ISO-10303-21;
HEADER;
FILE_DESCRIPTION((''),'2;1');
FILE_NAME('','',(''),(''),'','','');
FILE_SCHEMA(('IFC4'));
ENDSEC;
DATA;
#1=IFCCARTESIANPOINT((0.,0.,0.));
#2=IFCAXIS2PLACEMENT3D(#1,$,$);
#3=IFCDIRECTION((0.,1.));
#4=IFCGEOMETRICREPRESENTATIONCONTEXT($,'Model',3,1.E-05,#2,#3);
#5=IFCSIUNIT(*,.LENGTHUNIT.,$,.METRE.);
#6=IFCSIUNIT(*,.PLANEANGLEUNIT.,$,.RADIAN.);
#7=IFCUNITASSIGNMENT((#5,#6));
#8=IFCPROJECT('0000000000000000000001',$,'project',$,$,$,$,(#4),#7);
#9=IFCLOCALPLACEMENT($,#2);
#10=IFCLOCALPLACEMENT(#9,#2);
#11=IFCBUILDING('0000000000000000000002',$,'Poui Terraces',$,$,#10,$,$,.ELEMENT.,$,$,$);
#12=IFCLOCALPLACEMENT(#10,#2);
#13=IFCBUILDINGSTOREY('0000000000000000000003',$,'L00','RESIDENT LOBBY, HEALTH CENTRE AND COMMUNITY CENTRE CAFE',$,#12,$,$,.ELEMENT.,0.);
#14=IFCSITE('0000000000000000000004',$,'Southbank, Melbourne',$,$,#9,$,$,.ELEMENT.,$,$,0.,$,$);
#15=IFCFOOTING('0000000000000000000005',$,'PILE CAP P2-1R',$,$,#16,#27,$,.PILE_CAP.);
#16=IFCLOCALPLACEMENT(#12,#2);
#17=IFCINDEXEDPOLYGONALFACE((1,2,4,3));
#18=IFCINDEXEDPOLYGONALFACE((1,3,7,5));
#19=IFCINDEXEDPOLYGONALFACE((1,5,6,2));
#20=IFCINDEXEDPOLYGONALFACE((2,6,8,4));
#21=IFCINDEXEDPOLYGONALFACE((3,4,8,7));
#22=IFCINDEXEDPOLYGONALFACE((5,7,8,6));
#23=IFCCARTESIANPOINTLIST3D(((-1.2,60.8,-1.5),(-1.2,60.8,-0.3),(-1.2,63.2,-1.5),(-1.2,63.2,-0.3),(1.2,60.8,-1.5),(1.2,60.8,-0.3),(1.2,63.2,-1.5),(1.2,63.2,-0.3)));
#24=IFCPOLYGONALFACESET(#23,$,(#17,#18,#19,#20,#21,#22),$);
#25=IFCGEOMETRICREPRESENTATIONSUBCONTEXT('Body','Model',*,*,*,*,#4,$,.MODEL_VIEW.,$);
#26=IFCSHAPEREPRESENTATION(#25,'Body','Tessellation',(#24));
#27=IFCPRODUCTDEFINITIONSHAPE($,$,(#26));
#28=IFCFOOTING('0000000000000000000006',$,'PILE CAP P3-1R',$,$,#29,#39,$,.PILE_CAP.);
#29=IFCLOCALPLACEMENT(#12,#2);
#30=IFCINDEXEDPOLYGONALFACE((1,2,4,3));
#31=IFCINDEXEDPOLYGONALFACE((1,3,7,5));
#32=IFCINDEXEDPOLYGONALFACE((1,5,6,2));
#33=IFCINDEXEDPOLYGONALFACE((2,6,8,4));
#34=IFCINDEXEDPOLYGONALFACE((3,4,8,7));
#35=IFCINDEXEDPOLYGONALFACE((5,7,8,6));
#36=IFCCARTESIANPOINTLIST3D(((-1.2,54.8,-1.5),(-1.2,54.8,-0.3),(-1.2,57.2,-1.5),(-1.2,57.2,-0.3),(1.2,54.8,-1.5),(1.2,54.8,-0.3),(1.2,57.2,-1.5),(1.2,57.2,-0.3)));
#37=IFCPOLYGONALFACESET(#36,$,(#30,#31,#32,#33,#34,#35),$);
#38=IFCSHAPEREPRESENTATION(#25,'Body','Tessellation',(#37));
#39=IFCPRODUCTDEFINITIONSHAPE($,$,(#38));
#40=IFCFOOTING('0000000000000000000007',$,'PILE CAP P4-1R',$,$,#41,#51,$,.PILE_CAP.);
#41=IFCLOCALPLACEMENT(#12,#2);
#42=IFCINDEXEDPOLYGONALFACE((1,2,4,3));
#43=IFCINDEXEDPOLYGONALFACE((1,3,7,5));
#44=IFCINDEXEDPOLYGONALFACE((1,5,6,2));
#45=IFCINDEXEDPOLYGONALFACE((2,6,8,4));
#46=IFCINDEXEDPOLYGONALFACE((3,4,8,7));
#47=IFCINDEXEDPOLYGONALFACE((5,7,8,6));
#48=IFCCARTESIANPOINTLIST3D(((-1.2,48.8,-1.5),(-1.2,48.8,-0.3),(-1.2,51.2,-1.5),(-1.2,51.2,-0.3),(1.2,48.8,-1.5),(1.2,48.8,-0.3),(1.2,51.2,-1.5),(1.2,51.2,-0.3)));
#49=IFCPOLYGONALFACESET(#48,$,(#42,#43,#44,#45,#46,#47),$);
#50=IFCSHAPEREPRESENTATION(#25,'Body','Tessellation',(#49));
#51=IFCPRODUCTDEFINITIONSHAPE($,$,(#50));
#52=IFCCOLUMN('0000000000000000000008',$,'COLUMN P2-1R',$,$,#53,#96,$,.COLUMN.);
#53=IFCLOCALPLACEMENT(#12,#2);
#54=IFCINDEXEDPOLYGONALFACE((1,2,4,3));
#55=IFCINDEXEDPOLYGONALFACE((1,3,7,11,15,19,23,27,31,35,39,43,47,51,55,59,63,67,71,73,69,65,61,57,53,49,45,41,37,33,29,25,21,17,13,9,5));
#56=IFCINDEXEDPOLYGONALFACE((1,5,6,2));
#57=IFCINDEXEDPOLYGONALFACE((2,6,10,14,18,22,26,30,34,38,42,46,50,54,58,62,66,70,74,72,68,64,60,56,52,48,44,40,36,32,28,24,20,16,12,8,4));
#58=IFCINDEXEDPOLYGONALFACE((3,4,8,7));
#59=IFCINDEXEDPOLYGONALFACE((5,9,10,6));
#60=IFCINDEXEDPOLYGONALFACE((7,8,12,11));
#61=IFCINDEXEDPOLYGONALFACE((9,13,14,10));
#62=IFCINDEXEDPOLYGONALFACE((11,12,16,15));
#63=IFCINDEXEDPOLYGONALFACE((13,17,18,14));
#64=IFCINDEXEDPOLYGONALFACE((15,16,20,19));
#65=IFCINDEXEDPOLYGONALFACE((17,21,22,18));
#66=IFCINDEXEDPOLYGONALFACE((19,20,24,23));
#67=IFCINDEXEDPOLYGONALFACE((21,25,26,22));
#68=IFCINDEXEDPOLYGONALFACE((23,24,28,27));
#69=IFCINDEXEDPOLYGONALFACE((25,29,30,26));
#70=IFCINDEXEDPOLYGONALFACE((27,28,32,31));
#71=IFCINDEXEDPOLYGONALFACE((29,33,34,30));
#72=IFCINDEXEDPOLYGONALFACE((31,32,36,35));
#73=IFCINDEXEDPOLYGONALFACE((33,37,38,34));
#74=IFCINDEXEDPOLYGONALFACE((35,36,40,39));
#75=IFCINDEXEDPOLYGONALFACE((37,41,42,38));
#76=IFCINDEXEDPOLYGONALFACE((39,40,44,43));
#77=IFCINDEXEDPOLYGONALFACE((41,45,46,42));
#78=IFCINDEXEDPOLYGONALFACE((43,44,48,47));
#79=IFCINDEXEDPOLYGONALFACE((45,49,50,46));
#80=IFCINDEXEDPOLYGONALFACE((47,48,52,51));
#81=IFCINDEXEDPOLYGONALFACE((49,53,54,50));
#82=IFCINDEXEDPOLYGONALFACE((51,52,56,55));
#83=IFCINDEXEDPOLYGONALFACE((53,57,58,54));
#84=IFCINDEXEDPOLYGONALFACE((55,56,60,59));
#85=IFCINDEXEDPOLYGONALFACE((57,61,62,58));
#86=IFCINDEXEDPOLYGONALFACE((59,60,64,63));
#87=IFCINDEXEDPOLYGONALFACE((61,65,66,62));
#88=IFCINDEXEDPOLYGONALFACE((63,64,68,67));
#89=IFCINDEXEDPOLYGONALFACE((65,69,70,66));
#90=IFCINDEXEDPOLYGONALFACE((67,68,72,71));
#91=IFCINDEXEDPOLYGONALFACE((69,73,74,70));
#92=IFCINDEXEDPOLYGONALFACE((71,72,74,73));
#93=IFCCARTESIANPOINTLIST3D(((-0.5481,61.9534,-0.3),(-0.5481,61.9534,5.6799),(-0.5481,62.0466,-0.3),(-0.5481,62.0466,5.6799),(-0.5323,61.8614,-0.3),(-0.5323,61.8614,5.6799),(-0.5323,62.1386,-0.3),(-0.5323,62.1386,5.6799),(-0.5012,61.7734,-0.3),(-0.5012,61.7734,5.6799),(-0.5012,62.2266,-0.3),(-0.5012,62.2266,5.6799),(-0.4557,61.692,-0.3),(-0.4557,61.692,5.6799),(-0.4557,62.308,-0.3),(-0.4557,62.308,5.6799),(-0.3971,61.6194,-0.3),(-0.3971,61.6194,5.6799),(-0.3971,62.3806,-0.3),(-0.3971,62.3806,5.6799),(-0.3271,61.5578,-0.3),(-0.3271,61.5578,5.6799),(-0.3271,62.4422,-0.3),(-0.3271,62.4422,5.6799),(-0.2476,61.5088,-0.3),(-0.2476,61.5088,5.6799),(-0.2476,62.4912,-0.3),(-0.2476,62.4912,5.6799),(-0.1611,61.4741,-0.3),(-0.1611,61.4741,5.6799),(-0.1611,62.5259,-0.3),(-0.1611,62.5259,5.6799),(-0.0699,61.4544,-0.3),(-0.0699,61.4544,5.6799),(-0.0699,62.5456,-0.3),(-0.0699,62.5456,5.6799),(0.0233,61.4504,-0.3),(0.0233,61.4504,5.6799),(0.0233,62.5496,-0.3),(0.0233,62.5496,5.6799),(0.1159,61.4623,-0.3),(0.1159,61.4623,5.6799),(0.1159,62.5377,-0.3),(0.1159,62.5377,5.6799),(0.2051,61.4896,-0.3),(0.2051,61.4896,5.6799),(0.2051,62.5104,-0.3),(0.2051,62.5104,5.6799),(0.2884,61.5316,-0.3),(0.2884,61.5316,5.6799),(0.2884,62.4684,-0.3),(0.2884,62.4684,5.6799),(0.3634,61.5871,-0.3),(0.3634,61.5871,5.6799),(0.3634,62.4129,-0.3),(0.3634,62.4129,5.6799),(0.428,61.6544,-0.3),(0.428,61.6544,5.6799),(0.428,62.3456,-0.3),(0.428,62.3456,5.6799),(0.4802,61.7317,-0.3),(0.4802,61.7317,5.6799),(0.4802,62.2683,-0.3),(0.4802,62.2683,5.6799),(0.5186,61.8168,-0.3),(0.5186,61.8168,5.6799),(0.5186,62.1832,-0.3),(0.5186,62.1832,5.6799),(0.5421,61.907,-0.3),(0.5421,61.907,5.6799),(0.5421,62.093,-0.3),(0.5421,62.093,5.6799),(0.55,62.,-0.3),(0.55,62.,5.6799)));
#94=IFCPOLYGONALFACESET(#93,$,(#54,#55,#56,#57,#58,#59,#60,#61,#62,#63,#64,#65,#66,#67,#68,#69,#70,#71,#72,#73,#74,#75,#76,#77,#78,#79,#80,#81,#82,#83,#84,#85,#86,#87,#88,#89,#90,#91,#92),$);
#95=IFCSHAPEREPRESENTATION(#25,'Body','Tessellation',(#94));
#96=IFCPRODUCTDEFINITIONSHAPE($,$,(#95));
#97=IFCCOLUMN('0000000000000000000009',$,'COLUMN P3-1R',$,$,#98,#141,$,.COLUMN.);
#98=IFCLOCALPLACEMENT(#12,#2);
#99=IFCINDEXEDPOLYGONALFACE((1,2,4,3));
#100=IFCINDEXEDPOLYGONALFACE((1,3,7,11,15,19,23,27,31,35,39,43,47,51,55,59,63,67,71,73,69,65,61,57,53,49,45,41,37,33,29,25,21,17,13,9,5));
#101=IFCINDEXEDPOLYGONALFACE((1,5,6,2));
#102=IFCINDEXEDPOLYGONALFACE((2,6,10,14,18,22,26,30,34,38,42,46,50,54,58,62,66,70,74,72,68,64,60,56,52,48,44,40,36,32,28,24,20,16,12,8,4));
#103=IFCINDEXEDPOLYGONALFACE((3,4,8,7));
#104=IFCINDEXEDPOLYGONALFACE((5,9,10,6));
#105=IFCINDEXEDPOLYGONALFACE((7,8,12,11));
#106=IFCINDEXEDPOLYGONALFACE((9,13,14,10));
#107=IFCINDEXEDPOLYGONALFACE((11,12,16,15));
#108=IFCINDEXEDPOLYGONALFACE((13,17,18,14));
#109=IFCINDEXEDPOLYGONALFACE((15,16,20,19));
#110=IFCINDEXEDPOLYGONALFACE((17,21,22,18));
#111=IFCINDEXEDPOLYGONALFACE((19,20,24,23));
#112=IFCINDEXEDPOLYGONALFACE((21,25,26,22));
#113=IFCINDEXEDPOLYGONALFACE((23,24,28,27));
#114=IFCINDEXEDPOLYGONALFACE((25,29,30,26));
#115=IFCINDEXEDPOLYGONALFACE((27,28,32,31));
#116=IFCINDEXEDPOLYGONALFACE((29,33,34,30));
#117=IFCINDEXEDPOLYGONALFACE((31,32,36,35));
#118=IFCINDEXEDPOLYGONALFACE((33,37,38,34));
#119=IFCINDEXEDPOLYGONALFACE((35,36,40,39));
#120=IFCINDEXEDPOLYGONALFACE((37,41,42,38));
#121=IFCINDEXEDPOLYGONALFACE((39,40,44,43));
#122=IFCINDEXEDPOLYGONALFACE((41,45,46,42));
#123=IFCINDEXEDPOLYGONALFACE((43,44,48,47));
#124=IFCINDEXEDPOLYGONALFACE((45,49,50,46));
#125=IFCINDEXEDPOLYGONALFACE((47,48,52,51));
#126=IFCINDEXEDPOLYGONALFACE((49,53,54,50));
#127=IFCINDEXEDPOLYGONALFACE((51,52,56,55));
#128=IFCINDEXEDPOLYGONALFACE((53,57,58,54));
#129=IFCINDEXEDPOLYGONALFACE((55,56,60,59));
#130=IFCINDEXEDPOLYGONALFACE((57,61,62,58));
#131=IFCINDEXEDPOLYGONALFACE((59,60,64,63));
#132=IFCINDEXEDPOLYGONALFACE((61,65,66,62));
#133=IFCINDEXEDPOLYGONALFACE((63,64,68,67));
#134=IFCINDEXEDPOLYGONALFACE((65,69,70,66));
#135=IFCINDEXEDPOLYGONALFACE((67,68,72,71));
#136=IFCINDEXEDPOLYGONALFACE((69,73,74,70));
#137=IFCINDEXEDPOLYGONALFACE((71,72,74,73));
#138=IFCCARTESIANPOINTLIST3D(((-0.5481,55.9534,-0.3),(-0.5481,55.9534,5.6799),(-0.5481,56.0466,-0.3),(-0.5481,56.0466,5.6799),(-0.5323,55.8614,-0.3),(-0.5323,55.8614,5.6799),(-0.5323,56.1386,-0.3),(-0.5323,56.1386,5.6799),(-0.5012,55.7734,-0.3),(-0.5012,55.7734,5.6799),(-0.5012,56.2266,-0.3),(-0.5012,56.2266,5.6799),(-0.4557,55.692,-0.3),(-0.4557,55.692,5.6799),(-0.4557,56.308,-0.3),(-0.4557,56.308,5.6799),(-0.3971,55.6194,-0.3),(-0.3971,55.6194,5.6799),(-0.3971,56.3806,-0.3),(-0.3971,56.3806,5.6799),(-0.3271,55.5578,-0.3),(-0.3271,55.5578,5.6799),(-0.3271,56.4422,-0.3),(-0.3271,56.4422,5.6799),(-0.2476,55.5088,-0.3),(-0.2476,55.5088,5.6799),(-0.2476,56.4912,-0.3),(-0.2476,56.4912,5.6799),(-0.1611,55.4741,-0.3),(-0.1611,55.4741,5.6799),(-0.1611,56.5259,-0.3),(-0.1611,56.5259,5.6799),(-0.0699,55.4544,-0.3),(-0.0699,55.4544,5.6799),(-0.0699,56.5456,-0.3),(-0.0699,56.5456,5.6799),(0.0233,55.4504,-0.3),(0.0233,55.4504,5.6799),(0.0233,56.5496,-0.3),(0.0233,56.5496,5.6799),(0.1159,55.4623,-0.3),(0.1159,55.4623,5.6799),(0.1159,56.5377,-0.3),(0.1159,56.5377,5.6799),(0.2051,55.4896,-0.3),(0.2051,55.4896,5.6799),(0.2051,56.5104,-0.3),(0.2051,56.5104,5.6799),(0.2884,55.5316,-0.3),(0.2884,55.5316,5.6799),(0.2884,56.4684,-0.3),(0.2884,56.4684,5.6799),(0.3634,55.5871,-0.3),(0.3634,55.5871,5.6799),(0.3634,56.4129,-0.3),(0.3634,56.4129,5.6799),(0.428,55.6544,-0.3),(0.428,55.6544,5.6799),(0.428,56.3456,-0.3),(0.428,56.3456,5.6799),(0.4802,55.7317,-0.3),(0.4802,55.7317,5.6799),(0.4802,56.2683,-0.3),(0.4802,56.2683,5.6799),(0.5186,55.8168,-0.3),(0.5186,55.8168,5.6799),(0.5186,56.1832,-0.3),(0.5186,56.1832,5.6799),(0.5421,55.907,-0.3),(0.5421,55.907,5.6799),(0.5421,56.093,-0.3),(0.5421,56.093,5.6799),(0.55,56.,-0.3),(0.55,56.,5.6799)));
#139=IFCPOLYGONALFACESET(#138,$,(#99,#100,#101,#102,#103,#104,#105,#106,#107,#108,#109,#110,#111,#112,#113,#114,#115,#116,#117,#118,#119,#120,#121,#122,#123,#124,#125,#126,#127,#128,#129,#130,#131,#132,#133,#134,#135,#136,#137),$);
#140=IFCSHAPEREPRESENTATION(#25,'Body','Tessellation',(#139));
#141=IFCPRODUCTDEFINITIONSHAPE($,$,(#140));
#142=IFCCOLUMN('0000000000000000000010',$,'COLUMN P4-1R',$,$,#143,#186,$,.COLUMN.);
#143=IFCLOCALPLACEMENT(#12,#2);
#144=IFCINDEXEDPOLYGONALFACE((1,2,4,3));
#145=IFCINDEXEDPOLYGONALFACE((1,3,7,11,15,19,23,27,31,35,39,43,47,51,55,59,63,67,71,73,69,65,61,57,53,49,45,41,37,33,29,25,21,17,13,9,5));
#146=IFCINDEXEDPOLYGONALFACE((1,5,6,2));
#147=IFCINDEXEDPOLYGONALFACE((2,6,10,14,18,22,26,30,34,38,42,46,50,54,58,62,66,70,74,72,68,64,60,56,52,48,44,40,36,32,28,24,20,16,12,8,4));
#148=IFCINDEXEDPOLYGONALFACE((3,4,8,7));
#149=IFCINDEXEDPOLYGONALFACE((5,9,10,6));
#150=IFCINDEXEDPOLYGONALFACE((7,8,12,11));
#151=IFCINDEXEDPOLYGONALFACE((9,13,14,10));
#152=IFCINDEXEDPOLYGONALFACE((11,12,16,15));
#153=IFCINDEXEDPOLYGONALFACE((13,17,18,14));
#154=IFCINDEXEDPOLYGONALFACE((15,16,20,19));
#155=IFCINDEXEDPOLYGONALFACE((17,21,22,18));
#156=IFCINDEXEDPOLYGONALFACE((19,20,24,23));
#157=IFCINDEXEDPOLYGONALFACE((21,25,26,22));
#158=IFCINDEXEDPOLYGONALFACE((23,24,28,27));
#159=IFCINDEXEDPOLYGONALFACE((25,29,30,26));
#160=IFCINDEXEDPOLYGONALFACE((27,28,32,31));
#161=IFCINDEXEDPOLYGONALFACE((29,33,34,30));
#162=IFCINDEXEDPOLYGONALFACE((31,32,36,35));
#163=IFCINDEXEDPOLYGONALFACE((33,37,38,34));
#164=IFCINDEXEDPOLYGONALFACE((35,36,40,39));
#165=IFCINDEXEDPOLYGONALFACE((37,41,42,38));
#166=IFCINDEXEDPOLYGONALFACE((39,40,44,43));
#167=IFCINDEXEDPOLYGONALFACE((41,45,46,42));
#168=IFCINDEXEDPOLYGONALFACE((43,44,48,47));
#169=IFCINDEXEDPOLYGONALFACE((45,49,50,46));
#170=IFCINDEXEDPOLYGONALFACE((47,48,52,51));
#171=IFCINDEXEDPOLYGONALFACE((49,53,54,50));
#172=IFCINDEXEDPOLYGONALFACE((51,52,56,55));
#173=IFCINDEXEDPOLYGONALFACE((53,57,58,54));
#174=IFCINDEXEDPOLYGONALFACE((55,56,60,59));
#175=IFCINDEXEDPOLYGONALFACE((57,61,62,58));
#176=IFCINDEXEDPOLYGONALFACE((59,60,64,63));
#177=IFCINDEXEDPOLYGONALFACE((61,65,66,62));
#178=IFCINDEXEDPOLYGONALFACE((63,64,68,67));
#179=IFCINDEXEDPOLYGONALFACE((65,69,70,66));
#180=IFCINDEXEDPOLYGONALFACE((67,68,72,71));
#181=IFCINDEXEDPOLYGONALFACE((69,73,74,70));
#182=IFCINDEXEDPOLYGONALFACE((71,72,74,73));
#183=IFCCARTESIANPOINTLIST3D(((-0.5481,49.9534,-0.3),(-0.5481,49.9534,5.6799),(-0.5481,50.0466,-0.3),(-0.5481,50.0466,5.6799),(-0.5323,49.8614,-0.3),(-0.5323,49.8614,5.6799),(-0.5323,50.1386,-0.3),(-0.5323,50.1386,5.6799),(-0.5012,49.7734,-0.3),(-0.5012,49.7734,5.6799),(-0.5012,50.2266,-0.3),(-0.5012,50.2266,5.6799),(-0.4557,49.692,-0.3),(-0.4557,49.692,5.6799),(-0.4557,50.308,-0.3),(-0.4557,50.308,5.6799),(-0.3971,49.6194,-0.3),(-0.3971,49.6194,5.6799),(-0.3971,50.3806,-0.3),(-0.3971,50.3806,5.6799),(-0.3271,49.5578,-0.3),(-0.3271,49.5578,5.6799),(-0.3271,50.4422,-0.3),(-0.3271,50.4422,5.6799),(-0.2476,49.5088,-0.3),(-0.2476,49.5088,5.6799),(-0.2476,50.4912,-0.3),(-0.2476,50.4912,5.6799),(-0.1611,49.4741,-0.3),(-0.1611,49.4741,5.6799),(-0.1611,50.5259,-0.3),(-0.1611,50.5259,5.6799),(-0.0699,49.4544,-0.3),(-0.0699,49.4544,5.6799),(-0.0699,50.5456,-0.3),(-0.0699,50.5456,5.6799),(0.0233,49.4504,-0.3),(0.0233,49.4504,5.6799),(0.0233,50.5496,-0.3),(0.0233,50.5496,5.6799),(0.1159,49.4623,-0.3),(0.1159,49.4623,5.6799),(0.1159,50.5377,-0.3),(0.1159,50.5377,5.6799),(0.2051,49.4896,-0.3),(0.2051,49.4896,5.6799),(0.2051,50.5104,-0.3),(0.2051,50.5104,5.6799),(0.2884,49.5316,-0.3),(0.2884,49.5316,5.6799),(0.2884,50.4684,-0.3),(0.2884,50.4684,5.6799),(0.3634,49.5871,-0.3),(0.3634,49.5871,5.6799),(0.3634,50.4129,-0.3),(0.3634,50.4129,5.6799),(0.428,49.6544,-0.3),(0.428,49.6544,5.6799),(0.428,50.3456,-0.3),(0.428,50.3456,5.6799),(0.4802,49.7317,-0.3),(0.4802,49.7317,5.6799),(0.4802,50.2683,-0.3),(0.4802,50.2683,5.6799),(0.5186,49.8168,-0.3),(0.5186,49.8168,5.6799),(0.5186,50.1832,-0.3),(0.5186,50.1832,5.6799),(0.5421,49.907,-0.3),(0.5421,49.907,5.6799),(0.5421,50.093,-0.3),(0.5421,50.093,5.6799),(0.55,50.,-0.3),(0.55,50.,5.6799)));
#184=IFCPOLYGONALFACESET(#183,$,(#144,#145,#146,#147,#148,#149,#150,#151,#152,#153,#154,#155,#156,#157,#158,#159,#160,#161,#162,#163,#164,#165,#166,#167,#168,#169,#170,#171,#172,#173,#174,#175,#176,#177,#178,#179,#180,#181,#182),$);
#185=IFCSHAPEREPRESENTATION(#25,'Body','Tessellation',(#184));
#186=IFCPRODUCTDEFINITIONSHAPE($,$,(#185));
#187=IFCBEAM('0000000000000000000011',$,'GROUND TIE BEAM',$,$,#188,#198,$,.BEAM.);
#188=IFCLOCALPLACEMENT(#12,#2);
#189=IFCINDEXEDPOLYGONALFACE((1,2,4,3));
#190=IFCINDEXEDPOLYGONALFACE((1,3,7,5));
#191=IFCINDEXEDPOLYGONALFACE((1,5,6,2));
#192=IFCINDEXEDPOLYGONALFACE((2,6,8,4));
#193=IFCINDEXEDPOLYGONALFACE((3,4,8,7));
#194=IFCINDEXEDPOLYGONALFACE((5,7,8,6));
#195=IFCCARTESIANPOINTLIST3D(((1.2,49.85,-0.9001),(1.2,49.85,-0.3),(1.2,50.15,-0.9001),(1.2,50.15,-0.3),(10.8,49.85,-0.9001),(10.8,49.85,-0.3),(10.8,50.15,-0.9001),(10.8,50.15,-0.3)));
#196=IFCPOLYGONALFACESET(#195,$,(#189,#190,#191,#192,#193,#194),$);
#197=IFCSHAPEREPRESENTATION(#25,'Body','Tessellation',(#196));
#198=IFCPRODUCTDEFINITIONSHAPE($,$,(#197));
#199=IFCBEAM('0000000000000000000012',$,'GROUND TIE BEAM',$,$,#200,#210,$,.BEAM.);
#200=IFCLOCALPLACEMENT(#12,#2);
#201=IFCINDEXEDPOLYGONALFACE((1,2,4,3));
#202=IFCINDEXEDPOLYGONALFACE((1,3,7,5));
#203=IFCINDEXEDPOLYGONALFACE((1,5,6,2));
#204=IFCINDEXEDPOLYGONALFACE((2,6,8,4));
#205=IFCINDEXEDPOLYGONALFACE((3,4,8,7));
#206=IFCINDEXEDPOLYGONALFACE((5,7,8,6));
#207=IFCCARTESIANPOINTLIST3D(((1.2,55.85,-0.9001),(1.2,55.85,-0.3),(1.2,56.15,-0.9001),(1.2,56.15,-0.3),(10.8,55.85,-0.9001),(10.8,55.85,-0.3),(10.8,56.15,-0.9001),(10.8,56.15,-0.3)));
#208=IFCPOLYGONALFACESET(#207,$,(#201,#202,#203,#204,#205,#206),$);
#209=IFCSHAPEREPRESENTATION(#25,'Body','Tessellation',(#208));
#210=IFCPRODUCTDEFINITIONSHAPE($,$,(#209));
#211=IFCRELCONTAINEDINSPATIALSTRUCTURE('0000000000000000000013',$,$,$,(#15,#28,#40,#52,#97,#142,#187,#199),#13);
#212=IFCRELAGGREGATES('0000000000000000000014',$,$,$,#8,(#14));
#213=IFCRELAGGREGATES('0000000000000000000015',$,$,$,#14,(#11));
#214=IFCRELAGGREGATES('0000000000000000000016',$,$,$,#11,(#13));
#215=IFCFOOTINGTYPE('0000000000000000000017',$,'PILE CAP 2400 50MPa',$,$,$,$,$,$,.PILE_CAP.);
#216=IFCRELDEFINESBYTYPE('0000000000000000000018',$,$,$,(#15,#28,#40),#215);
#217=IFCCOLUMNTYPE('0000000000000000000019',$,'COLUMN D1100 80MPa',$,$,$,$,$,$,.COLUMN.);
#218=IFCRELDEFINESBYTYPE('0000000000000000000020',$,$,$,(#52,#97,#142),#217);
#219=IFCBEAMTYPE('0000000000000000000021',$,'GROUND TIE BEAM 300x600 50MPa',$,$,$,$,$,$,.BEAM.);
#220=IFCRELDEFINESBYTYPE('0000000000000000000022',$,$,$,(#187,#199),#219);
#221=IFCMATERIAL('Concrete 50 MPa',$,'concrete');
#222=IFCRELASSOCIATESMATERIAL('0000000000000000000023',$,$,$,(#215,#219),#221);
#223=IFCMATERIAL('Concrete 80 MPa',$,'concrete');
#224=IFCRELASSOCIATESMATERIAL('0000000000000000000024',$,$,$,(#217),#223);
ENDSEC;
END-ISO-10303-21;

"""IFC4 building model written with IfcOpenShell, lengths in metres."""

from ifc_helpers import new_model, si_unit, direction, frame, origin, origin_2d, place, context, subcontext, project, spatial, rectangle, circle, extrude, source, transform, mapped, material, material_profile, profile_set, type_object, element, save


model = new_model("IFC4")

# Units and contexts
model_context = context("Model", 3, precision=1e-05, world=origin(), true_north=direction((0.0, 1.0)))
body_context = subcontext(model_context, "Body", "Model", "MODEL_VIEW")
ifc_project = project(units=[si_unit("LENGTHUNIT", "METRE"), si_unit("PLANEANGLEUNIT", "RADIAN")], contexts=[model_context])

# Site, building, storey
site_placement = place(None, origin())
site = spatial("IfcSite", under=ifc_project, at=site_placement, Name="Southbank, Melbourne", CompositionType="ELEMENT", RefElevation=0.0)
building_placement = place(site_placement, origin())
building = spatial("IfcBuilding", under=site, at=building_placement, Name="Poui Terraces", CompositionType="ELEMENT")
storey_placement = place(building_placement, origin())
storey = spatial("IfcBuildingStorey", under=building, at=storey_placement, Name="L00", Description="RESIDENT LOBBY, HEALTH CENTRE AND COMMUNITY CENTRE CAFE", CompositionType="ELEMENT", Elevation=0.0)

# Shared definitions
ifc_material_1 = material(Name="Concrete 50 MPa", Category="concrete")

# Footings
footing_type = type_object("IfcFootingType", Name="PILE CAP 2400 50MPa", PredefinedType="PILE_CAP", material=ifc_material_1)
shared_shape_1 = source(origin(), body_context, "Body", "SweptSolid", [
    extrude(rectangle(XDim=2.3999, YDim=2.3999, at=origin_2d()), origin(), (0.0, 0.0, 1.0), 1.2),
])
for number, where, z_axis, x_axis, name in (
    (1, (0.0, 62.0, -1.5), (0.0, 0.0, 1.0), (1.0, 0.0, 0.0), "PILE CAP P2-1R"),
    (2, (0.0, 56.0, -1.5), (0.0, 0.0, 1.0), (1.0, 0.0, 0.0), "PILE CAP P3-1R"),
    (3, (0.0, 50.0, -1.5), (0.0, 0.0, 1.0), (1.0, 0.0, 0.0), "PILE CAP P4-1R"),
):
    element("IfcFooting", number, at=place(storey_placement, frame(where, z_axis=z_axis, x_axis=x_axis)), inside=storey, type_object=footing_type, Name=name, PredefinedType="PILE_CAP", context=body_context, shape_type="MappedRepresentation", body=[
        mapped(shared_shape_1, transform((0.0, 0.0, 0.0))),
    ])

# Columns
ifc_material_2 = material(Name="Concrete 80 MPa", Category="concrete")
ifc_material_profile_1 = material_profile(ifc_material_2, circle(Radius=0.55, at=origin_2d()), Name="RC D1100")
ifc_profile_set_1 = profile_set([ifc_material_profile_1], Name="Concrete 80 MPa")
column_type = type_object("IfcColumnType", Name="COLUMN D1100 80MPa", PredefinedType="COLUMN", material=ifc_profile_set_1)
shared_shape_2 = source(origin(), body_context, "Body", "SweptSolid", [
    extrude(circle(Radius=0.55, at=origin_2d()), origin(), (0.0, 0.0, 1.0), 5.98),
])
for number, where, z_axis, x_axis, name in (
    (4, (0.0, 62.0, -0.3), (0.0, 0.0, 1.0), (1.0, 0.0, 0.0), "COLUMN P2-1R"),
    (5, (0.0, 56.0, -0.3), (0.0, 0.0, 1.0), (1.0, 0.0, 0.0), "COLUMN P3-1R"),
    (6, (0.0, 50.0, -0.3), (0.0, 0.0, 1.0), (1.0, 0.0, 0.0), "COLUMN P4-1R"),
):
    element("IfcColumn", number, at=place(storey_placement, frame(where, z_axis=z_axis, x_axis=x_axis)), inside=storey, type_object=column_type, Name=name, PredefinedType="COLUMN", context=body_context, shape_type="MappedRepresentation", body=[
        mapped(shared_shape_2, transform((0.0, 0.0, 0.0))),
    ])

# Beams
ifc_material_profile_2 = material_profile(ifc_material_1, rectangle(XDim=0.3, YDim=0.6001, at=origin_2d()), Name="RC 300x600")
ifc_profile_set_2 = profile_set([ifc_material_profile_2], Name="Concrete 50 MPa")
beam_type_1 = type_object("IfcBeamType", Name="GROUND TIE BEAM 300x600 50MPa", PredefinedType="BEAM", material=ifc_profile_set_2)
shared_shape_3 = source(origin(), body_context, "Body", "SweptSolid", [
    extrude(rectangle(XDim=0.3, YDim=0.6001, at=origin_2d()), origin(), (0.0, 0.0, 1.0), 9.6001),
])
for number, where, z_axis, x_axis, name in (
    (7, (1.2, 50.0, -0.6001), (1.0, 0.0, 0.0), (0.0, 1.0, 0.0), "GROUND TIE BEAM"),
    (8, (1.2, 56.0, -0.6001), (1.0, 0.0, 0.0), (0.0, 1.0, 0.0), "GROUND TIE BEAM"),
):
    element("IfcBeam", number, at=place(storey_placement, frame(where, z_axis=z_axis, x_axis=x_axis)), inside=storey, type_object=beam_type_1, Name=name, PredefinedType="BEAM", context=body_context, shape_type="MappedRepresentation", body=[
        mapped(shared_shape_3, transform((0.0, 0.0, 0.0))),
    ])

save(model, "model.ifc")
